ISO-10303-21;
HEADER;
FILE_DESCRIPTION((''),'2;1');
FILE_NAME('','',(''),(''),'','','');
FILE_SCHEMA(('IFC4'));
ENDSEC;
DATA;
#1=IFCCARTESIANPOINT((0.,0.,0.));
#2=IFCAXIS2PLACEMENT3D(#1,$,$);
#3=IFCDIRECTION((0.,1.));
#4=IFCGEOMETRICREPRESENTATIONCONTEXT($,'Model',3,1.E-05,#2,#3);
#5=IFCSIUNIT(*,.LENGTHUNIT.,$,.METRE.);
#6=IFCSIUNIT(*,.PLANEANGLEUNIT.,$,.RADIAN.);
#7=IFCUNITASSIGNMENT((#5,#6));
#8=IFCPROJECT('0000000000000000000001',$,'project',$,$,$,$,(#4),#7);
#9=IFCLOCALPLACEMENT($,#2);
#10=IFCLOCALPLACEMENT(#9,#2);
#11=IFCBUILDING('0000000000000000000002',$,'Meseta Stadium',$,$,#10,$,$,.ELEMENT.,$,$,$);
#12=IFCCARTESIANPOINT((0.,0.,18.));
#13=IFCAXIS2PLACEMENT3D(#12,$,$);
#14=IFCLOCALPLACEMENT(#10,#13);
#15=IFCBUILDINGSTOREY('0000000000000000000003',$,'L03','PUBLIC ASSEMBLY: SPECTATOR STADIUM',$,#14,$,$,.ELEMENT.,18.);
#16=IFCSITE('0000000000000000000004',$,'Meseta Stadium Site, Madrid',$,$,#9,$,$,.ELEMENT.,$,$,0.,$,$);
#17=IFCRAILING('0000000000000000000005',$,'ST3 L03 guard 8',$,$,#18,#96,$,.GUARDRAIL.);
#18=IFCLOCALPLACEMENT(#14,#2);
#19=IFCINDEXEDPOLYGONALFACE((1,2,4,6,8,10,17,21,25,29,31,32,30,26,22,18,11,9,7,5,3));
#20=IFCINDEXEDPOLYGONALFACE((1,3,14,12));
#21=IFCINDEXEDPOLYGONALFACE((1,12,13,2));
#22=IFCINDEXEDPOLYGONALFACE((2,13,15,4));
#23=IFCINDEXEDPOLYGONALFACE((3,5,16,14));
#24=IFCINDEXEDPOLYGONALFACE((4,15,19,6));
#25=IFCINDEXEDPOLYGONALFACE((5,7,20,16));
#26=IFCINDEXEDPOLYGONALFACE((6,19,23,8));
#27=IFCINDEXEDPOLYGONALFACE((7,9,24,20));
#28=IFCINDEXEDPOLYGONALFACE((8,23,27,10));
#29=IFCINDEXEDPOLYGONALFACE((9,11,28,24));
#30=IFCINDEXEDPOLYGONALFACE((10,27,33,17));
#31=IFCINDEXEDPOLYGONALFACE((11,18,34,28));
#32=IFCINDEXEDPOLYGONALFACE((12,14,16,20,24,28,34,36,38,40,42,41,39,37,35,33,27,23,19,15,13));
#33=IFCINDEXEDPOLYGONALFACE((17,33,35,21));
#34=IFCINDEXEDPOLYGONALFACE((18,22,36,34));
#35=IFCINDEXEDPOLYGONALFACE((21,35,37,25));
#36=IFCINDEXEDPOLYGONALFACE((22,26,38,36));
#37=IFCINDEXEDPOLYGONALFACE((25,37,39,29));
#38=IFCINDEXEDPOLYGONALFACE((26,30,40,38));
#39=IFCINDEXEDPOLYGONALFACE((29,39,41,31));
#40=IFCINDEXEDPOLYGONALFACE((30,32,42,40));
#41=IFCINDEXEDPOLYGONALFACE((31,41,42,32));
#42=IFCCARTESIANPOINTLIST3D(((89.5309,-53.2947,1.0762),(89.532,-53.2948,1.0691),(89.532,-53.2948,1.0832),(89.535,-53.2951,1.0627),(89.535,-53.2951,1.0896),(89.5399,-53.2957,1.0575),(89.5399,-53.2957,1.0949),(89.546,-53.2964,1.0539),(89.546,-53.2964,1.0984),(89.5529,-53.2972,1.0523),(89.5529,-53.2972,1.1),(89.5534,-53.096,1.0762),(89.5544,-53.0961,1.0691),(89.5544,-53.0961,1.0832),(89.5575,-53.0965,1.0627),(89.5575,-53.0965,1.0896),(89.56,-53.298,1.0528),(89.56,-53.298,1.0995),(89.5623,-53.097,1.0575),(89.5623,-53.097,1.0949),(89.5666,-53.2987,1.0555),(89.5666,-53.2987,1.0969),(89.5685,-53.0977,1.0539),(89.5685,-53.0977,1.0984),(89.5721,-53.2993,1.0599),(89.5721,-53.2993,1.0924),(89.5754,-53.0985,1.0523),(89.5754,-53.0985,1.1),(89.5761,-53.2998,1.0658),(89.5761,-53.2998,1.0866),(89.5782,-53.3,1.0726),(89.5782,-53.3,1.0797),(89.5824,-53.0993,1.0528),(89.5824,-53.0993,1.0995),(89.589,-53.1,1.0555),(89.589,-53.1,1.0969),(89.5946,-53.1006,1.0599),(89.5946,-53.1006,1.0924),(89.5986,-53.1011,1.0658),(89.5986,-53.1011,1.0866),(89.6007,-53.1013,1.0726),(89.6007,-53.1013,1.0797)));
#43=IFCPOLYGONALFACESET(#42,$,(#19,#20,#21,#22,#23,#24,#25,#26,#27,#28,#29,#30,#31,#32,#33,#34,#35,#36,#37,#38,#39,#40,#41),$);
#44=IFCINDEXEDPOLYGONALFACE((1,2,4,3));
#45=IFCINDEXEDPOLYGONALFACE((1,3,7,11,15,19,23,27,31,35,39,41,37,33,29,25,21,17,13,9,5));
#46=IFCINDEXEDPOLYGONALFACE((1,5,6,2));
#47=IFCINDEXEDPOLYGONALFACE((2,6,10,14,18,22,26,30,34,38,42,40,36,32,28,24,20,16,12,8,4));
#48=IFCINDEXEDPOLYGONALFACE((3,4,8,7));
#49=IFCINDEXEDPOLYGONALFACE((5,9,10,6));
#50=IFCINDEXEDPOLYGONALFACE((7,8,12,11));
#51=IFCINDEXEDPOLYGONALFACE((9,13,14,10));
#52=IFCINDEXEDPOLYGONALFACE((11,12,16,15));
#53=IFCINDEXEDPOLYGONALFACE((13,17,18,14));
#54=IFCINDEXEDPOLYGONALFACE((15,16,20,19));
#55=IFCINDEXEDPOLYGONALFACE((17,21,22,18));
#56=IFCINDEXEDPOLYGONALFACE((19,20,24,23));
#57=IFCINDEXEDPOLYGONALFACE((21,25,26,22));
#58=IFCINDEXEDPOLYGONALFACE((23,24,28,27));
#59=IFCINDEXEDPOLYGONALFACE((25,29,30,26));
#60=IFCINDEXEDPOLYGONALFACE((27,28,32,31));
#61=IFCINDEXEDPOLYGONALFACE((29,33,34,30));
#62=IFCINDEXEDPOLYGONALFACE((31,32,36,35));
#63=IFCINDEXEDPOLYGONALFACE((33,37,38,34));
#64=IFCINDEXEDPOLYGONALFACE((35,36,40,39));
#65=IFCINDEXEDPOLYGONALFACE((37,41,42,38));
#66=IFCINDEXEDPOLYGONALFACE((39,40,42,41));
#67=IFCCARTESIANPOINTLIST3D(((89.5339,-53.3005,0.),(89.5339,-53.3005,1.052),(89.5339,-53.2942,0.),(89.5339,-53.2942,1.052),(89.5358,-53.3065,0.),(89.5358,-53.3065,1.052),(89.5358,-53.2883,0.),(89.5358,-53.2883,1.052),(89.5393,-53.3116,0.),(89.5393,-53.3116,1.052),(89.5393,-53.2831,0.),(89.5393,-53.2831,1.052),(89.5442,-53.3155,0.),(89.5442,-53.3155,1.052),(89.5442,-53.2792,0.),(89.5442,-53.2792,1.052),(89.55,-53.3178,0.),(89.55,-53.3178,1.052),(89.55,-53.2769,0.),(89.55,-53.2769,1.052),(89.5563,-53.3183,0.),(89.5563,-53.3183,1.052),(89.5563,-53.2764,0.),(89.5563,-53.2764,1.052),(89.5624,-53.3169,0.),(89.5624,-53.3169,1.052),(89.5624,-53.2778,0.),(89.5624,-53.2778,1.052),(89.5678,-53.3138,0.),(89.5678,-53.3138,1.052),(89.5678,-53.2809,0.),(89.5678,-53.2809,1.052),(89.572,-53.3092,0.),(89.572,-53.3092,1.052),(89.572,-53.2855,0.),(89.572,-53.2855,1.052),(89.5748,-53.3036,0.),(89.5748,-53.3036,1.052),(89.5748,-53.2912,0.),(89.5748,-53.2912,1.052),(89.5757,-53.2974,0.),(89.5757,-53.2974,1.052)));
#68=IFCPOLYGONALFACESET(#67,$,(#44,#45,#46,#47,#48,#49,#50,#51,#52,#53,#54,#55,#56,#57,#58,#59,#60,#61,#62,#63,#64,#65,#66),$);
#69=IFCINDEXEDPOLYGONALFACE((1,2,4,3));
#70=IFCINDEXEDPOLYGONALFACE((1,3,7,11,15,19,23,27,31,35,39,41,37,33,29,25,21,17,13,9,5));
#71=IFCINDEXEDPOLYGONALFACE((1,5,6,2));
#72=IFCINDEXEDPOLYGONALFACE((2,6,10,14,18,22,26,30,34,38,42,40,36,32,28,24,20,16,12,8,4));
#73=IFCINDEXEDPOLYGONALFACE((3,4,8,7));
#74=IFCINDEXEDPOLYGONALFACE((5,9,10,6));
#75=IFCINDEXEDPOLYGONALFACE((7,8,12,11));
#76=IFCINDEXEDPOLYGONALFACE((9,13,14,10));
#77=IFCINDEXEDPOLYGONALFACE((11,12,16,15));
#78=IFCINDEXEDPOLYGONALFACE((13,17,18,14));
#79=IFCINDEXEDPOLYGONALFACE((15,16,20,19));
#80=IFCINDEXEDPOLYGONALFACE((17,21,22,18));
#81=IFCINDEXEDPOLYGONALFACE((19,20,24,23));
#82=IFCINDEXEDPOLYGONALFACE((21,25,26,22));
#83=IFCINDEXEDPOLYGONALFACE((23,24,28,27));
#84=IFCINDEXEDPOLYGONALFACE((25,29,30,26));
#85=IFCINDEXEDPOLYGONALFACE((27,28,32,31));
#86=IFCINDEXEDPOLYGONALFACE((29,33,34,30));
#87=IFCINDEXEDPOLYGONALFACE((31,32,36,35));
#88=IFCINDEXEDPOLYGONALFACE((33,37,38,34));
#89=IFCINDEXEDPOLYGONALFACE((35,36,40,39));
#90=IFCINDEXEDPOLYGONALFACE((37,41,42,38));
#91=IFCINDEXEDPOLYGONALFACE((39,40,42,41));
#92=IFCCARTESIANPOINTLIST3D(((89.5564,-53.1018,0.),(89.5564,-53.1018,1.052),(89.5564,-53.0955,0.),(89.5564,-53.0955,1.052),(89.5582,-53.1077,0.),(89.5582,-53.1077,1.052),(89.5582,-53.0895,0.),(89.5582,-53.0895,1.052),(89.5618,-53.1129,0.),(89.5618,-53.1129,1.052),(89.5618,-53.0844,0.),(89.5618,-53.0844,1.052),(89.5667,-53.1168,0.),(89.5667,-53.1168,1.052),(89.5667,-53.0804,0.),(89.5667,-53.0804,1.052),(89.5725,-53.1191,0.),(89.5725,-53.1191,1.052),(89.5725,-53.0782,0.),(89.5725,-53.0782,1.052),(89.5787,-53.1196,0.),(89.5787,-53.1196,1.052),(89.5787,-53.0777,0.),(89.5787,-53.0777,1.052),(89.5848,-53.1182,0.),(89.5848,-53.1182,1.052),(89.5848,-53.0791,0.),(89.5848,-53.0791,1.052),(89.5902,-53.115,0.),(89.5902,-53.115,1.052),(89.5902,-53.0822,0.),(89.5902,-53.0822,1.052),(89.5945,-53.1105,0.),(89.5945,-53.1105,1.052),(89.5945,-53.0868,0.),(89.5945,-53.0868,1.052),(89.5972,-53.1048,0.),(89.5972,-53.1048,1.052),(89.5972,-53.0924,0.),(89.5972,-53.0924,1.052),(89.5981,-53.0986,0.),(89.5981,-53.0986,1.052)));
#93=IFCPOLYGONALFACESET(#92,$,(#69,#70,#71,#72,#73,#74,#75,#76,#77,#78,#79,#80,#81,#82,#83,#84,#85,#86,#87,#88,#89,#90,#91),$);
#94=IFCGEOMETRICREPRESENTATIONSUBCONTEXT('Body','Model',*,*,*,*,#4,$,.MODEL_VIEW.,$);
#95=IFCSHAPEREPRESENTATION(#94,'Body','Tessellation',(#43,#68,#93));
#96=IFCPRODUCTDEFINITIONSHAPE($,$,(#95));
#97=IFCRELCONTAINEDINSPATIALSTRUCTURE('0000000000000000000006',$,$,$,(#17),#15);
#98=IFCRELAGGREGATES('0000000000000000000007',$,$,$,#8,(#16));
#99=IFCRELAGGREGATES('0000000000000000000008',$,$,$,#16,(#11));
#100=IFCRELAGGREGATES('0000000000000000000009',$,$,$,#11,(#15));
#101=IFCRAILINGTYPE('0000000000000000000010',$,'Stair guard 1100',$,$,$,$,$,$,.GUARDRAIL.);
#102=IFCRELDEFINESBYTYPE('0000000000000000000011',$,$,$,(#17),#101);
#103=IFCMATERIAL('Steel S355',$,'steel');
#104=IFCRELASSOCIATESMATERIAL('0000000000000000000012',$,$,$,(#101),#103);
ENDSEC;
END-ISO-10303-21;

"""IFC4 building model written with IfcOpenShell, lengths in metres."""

from ifc_helpers import new_model, si_unit, direction, frame, origin, origin_2d, place, context, subcontext, project, spatial, circle, extrude, material, type_object, element, save


model = new_model("IFC4")

# Units and contexts
model_context = context("Model", 3, precision=1e-05, world=origin(), true_north=direction((0.0, 1.0)))
body_context = subcontext(model_context, "Body", "Model", "MODEL_VIEW")
ifc_project = project(units=[si_unit("LENGTHUNIT", "METRE"), si_unit("PLANEANGLEUNIT", "RADIAN")], contexts=[model_context])

# Site, building, storey
site_placement = place(None, origin())
site = spatial("IfcSite", under=ifc_project, at=site_placement, Name="Meseta Stadium Site, Madrid", CompositionType="ELEMENT", RefElevation=0.0)
building_placement = place(site_placement, origin())
building = spatial("IfcBuilding", under=site, at=building_placement, Name="Meseta Stadium", CompositionType="ELEMENT")
storey_placement = place(building_placement, frame((0.0, 0.0, 18.0)))
storey = spatial("IfcBuildingStorey", under=building, at=storey_placement, Name="L03", Description="PUBLIC ASSEMBLY: SPECTATOR STADIUM", CompositionType="ELEMENT", Elevation=18.0)

# Railing
ifc_material_1 = material(Name="Steel S355", Category="steel")
railing_type_1 = type_object("IfcRailingType", Name="Stair guard 1100", PredefinedType="GUARDRAIL", material=ifc_material_1)
railing_1_placement = place(storey_placement, frame((89.5547, -53.2974, 0.0)))
element("IfcRailing", 1, at=railing_1_placement, inside=storey, type_object=railing_type_1, Name="ST3 L03 guard 8", PredefinedType="GUARDRAIL", context=body_context, shape_type="SweptSolid", body=[
    extrude(circle(Radius=0.0239, at=origin_2d()), frame((0.0, 0.0, 1.0762), z_axis=(0.112307, 0.993674, 0.0), x_axis=(-0.993674, 0.112307, 0.0)), (0.0, 0.0, 1.0), 0.2),
    extrude(circle(Radius=0.021, at=origin_2d()), origin(), (0.0, 0.0, 1.0), 1.052),
    extrude(circle(Radius=0.021, at=origin_2d()), frame((0.0225, 0.1987, 0.0)), (0.0, 0.0, 1.0), 1.052),
])

save(model, "model.ifc")
